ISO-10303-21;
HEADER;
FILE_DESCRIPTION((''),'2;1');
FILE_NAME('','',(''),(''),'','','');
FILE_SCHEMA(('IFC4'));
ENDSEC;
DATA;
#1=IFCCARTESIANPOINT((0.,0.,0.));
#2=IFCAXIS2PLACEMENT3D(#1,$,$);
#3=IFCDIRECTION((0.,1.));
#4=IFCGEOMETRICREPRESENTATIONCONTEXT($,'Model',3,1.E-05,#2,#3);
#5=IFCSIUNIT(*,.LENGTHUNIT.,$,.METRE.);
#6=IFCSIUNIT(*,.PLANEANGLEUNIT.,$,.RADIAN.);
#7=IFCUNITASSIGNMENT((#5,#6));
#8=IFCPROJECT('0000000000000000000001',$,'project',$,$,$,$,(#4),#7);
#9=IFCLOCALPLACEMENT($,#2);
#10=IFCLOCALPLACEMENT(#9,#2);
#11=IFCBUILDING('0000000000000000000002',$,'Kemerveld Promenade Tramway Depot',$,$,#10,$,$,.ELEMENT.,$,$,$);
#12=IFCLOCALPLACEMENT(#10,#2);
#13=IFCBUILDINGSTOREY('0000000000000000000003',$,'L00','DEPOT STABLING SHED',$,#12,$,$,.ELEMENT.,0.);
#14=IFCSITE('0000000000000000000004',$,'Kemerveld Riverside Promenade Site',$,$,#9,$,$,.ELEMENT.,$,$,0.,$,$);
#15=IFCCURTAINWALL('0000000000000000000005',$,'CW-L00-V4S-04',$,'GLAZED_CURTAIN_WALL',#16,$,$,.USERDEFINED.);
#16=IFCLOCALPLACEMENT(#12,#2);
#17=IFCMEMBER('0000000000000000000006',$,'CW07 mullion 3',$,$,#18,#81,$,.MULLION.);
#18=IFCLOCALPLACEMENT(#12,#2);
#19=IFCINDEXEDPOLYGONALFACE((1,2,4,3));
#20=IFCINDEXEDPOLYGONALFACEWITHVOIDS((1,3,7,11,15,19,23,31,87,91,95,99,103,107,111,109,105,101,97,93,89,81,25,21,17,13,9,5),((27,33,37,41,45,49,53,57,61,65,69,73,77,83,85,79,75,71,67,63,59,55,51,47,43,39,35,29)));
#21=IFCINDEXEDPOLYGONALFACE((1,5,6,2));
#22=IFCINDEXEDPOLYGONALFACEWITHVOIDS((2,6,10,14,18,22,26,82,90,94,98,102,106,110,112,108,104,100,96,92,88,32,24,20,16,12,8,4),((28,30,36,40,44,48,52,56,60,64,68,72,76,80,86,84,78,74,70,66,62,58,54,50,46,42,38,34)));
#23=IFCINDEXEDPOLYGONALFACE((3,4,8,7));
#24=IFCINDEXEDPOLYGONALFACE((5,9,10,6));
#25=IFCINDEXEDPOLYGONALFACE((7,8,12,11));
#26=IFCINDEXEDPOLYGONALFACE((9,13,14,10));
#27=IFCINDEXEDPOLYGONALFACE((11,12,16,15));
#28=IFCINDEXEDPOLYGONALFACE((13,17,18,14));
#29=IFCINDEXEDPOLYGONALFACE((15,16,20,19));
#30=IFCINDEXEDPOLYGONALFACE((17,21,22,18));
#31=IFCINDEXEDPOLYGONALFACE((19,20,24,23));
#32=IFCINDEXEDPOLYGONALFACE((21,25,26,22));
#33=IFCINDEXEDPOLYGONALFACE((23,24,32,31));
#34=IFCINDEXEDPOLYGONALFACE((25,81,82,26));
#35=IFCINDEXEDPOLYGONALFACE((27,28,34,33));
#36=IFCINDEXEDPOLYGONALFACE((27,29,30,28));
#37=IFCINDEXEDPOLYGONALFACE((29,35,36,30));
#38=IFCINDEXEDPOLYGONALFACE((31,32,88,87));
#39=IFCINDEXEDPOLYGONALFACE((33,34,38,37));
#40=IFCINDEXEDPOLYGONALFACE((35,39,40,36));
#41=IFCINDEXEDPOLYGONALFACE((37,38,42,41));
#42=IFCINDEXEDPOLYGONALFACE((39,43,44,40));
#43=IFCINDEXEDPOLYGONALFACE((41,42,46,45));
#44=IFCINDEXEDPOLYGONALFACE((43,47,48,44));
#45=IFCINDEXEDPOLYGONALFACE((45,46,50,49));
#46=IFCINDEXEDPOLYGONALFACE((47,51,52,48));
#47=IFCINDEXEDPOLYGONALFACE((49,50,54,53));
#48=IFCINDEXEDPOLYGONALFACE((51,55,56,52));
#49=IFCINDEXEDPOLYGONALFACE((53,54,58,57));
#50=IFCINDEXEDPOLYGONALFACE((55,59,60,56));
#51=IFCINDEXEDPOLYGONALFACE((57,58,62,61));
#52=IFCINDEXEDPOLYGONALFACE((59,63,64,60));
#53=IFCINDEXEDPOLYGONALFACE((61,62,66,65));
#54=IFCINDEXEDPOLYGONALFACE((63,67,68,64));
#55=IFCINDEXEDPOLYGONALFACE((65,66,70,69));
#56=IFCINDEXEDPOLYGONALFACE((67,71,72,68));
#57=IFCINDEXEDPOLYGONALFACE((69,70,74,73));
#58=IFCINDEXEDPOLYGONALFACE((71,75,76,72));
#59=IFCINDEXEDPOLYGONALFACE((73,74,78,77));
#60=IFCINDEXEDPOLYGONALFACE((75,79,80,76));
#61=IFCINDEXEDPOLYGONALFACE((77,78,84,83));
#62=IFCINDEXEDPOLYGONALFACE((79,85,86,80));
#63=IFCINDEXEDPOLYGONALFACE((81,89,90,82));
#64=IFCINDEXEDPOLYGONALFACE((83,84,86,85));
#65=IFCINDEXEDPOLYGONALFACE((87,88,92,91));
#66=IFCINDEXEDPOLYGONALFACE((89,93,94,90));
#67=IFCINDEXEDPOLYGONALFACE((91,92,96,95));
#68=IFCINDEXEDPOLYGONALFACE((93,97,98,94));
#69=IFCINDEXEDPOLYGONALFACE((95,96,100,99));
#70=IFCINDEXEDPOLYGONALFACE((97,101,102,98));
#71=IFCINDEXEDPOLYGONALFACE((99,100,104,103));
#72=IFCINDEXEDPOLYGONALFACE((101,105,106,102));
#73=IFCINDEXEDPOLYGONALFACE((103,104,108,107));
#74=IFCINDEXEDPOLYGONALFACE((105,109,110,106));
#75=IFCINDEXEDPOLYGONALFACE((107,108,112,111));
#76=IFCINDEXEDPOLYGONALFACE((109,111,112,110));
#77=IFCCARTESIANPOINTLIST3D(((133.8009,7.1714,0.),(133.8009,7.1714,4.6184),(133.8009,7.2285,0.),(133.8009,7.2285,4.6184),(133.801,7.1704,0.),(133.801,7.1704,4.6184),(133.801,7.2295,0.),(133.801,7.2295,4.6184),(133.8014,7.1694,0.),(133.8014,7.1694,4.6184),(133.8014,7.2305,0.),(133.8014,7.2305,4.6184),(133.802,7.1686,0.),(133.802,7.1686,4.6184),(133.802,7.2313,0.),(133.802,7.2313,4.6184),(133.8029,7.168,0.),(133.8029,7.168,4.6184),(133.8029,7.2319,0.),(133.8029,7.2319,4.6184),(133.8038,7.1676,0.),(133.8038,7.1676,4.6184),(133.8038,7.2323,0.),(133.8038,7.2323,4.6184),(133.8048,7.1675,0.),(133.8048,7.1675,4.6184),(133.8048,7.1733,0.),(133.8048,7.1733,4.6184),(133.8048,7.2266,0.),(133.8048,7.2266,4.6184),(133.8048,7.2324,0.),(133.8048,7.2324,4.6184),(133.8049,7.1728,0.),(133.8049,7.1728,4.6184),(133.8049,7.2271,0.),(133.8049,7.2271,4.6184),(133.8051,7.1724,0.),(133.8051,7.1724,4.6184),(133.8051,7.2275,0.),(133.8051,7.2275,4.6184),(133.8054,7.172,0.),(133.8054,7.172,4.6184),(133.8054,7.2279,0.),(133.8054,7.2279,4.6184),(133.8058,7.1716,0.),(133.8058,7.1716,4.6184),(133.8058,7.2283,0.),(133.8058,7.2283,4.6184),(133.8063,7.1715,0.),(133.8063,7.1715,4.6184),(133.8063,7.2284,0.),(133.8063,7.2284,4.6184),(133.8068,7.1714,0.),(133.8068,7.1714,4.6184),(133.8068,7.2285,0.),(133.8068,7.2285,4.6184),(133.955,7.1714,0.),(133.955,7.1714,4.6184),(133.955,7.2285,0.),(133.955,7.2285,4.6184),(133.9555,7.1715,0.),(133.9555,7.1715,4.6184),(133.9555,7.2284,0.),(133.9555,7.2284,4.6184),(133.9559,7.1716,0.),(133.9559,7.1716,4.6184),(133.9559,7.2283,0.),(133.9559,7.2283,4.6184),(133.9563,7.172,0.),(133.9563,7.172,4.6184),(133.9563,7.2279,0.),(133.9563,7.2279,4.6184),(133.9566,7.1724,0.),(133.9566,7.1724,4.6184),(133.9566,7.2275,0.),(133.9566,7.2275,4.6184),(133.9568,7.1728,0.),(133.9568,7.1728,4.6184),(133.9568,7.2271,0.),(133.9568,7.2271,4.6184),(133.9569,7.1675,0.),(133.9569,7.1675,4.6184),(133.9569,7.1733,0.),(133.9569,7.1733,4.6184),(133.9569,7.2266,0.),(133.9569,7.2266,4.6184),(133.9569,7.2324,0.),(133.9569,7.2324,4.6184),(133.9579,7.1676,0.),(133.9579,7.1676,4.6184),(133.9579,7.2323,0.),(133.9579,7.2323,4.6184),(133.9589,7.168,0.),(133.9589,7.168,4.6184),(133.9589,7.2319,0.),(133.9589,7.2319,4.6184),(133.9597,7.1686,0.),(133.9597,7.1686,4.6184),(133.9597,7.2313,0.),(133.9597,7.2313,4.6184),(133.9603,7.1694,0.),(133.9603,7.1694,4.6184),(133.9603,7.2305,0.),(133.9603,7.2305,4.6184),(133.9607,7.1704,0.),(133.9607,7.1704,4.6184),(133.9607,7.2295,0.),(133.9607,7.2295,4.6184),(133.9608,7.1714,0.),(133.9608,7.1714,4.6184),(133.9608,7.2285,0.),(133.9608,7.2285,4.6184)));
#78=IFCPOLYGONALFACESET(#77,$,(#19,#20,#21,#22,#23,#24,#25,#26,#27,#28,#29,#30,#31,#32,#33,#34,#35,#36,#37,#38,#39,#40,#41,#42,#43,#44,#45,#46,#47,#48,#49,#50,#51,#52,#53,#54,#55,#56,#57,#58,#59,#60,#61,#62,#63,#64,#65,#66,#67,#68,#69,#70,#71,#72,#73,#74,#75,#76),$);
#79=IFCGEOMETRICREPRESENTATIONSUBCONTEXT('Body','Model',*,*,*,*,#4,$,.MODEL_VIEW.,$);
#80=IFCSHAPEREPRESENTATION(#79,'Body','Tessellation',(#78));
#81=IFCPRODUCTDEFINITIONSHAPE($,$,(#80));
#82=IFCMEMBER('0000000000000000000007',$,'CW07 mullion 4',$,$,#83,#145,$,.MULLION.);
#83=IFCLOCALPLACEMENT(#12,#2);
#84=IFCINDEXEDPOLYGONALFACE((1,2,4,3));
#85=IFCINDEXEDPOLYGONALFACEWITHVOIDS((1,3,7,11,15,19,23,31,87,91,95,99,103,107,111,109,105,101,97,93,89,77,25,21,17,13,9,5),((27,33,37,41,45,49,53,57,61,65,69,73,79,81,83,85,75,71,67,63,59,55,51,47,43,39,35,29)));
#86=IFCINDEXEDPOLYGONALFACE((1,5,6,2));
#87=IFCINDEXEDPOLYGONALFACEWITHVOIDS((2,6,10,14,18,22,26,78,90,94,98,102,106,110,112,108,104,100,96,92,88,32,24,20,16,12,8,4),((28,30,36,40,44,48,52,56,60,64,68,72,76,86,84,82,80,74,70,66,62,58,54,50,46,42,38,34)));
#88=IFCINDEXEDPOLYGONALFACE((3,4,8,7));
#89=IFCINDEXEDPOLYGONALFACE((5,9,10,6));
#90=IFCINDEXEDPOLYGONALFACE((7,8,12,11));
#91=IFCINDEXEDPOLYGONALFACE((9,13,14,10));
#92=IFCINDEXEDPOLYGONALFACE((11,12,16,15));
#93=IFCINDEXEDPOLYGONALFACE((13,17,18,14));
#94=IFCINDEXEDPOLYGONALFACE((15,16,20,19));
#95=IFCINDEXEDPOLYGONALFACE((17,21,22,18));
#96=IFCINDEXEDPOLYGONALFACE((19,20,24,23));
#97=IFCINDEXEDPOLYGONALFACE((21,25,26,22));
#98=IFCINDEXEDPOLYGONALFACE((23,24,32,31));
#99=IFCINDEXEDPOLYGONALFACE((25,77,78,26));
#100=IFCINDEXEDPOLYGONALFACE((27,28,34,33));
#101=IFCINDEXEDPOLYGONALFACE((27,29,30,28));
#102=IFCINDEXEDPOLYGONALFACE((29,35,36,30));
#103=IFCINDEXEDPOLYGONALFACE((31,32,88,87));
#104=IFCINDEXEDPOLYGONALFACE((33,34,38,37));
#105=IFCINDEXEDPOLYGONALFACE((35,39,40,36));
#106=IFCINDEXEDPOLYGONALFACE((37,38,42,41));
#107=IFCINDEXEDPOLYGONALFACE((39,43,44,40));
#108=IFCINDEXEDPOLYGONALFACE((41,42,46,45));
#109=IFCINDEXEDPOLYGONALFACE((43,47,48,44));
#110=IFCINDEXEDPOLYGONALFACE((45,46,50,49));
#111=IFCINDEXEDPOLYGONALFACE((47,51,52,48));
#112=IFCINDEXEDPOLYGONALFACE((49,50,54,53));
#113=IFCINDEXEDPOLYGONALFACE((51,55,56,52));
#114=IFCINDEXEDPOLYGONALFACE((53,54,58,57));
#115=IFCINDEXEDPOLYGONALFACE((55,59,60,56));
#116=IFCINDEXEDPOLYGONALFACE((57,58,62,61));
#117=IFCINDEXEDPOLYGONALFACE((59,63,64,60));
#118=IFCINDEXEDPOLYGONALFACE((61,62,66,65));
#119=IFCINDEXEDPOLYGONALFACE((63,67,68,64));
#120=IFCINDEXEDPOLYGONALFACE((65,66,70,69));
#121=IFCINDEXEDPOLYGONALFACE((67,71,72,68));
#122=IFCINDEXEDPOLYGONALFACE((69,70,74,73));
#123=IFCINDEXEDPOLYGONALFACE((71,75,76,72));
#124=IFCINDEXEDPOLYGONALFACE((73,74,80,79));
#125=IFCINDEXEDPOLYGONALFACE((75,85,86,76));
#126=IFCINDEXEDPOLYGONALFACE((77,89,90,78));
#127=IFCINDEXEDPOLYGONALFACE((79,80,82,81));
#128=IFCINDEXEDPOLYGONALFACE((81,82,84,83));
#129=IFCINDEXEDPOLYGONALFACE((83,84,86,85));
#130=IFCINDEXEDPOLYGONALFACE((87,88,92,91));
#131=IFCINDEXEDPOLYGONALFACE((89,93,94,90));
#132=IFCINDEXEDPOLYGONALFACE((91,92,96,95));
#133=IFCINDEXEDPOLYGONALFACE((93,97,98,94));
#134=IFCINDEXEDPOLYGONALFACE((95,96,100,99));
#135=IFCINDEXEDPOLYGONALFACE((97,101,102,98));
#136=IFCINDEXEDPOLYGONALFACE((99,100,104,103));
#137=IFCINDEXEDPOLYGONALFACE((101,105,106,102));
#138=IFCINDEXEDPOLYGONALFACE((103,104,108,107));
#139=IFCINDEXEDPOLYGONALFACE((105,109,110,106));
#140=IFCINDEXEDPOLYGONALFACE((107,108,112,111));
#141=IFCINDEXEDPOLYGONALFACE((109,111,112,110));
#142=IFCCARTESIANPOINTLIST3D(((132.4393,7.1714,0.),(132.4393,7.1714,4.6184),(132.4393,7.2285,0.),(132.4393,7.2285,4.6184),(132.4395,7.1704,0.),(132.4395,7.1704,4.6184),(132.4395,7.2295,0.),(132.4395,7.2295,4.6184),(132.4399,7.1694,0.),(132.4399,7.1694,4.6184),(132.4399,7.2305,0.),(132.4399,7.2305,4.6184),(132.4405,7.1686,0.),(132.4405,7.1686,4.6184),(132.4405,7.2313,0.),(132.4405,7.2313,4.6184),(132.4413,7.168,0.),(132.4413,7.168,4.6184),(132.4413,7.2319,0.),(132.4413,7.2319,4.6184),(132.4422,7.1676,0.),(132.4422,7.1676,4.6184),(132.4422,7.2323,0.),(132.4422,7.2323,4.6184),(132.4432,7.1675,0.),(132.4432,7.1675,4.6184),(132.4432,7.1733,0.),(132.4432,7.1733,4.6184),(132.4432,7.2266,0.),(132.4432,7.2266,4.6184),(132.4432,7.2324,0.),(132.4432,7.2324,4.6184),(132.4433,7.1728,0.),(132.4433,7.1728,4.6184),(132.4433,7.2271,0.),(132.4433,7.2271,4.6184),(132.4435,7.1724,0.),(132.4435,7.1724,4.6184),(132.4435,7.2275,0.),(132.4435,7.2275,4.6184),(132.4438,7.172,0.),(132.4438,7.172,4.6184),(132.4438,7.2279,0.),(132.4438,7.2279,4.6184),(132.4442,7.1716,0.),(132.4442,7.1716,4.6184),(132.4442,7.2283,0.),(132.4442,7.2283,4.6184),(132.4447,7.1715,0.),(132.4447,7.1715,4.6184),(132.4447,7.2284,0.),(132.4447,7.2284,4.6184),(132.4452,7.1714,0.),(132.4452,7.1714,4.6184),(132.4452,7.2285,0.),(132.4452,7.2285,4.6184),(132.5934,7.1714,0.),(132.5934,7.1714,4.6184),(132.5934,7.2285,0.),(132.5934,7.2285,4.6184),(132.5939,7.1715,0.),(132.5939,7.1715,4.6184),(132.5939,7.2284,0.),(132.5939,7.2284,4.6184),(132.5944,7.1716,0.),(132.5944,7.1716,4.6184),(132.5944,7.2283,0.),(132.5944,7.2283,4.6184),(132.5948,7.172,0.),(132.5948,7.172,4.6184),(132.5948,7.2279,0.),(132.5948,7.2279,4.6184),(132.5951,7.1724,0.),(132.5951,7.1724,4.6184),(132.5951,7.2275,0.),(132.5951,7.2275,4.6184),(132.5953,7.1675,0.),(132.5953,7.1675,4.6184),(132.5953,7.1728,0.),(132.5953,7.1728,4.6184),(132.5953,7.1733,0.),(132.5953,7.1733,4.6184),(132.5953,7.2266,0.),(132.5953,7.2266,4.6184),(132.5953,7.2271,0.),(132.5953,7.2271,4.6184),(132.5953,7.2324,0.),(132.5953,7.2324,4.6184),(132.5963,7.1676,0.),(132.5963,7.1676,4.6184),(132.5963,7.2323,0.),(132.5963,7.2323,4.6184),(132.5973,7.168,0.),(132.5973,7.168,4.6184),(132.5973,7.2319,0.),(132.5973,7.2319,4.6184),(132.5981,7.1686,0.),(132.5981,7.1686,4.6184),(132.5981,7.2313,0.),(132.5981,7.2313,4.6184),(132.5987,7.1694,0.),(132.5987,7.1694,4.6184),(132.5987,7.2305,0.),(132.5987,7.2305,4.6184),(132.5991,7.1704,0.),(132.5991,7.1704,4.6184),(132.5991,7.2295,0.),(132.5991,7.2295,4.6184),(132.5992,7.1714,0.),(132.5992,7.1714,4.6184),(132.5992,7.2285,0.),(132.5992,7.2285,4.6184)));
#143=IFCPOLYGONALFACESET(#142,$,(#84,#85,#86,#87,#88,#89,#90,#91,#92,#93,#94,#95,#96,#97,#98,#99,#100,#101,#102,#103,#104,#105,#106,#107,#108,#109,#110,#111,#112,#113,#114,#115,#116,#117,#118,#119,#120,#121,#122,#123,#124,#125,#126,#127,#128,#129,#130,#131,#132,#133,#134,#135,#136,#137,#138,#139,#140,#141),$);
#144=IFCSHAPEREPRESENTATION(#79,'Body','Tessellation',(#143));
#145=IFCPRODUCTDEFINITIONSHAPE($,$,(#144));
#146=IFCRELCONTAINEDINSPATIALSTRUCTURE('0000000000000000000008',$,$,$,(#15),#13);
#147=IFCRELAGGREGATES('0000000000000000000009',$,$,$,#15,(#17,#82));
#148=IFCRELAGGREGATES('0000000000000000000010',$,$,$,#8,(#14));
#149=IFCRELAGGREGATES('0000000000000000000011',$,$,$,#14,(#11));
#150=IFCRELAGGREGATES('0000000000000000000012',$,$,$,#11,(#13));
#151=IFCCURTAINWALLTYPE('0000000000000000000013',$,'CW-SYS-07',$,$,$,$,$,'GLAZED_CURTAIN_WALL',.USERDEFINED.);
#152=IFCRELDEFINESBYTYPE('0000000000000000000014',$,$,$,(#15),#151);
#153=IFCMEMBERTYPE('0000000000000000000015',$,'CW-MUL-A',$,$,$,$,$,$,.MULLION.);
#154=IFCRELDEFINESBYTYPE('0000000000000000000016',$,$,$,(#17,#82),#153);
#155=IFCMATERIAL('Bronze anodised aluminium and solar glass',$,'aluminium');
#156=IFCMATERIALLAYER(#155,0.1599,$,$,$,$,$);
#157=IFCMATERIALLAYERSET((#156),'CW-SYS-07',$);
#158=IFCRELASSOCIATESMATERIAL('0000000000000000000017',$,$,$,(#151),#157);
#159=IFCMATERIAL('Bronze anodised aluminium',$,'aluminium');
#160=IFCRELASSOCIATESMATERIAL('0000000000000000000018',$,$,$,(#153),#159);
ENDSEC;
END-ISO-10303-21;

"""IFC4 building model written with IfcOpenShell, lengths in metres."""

from ifc_helpers import new_model, si_unit, direction, frame, origin, origin_2d, place, context, subcontext, project, spatial, hollow_rectangle, extrude, material, layer, layer_set, material_profile, profile_set, type_object, element, aggregate, save


model = new_model("IFC4")

# Units and contexts
model_context = context("Model", 3, precision=1e-05, world=origin(), true_north=direction((0.0, 1.0)))
body_context = subcontext(model_context, "Body", "Model", "MODEL_VIEW")
ifc_project = project(units=[si_unit("LENGTHUNIT", "METRE"), si_unit("PLANEANGLEUNIT", "RADIAN")], contexts=[model_context])

# Site, building, storey
site_placement = place(None, origin())
site = spatial("IfcSite", under=ifc_project, at=site_placement, Name="Kemerveld Riverside Promenade Site", CompositionType="ELEMENT", RefElevation=0.0)
building_placement = place(site_placement, origin())
building = spatial("IfcBuilding", under=site, at=building_placement, Name="Kemerveld Promenade Tramway Depot", CompositionType="ELEMENT")
storey_placement = place(building_placement, origin())
storey = spatial("IfcBuildingStorey", under=building, at=storey_placement, Name="L00", Description="DEPOT STABLING SHED", CompositionType="ELEMENT", Elevation=0.0)

# Curtain wall, members
ifc_material_1 = material(Name="Bronze anodised aluminium and solar glass", Category="aluminium")
ifc_layer_1 = layer(ifc_material_1, 0.1599)
ifc_layer_set_1 = layer_set([ifc_layer_1], Name="CW-SYS-07")
curtain_wall_type = type_object("IfcCurtainWallType", Name="CW-SYS-07", ElementType="GLAZED_CURTAIN_WALL", PredefinedType="USERDEFINED", material=ifc_layer_set_1)
curtain_wall_placement = place(storey_placement, origin())
curtain_wall = element("IfcCurtainWall", 1, at=curtain_wall_placement, inside=storey, type_object=curtain_wall_type, Name="CW-L00-V4S-04", ObjectType="GLAZED_CURTAIN_WALL", PredefinedType="USERDEFINED")
ifc_material_2 = material(Name="Bronze anodised aluminium", Category="aluminium")
ifc_material_profile_1 = material_profile(ifc_material_2, hollow_rectangle(XDim=0.0649, YDim=0.1599, WallThickness=0.0039, InnerFilletRadius=0.002, OuterFilletRadius=0.0039, at=origin_2d()), Name="CW-MUL-160x65")
ifc_profile_set_1 = profile_set([ifc_material_profile_1], Name="Bronze anodised aluminium")
member_type_1 = type_object("IfcMemberType", Name="CW-MUL-A", PredefinedType="MULLION", material=ifc_profile_set_1)
member_1_placement = place(storey_placement, frame((133.8809, 7.2, 0.0), z_axis=(0.0, 0.0, 1.0), x_axis=(0.0, -1.0, 0.0)))
member_1 = element("IfcMember", 2, at=member_1_placement, type_object=member_type_1, Name="CW07 mullion 3", PredefinedType="MULLION", context=body_context, shape_type="SweptSolid", body=[
    extrude(hollow_rectangle(XDim=0.0649, YDim=0.1599, WallThickness=0.0039, InnerFilletRadius=0.002, OuterFilletRadius=0.0039, at=origin_2d()), origin(), (0.0, 0.0, 1.0), 4.6184),
])
member_2_placement = place(storey_placement, frame((132.5193, 7.2, 0.0), z_axis=(0.0, 0.0, 1.0), x_axis=(0.0, -1.0, 0.0)))
member_2 = element("IfcMember", 3, at=member_2_placement, type_object=member_type_1, Name="CW07 mullion 4", PredefinedType="MULLION", context=body_context, shape_type="SweptSolid", body=[
    extrude(hollow_rectangle(XDim=0.0649, YDim=0.1599, WallThickness=0.0039, InnerFilletRadius=0.002, OuterFilletRadius=0.0039, at=origin_2d()), origin(), (0.0, 0.0, 1.0), 4.6184),
])
aggregate(curtain_wall, [member_1, member_2])

save(model, "model.ifc")
